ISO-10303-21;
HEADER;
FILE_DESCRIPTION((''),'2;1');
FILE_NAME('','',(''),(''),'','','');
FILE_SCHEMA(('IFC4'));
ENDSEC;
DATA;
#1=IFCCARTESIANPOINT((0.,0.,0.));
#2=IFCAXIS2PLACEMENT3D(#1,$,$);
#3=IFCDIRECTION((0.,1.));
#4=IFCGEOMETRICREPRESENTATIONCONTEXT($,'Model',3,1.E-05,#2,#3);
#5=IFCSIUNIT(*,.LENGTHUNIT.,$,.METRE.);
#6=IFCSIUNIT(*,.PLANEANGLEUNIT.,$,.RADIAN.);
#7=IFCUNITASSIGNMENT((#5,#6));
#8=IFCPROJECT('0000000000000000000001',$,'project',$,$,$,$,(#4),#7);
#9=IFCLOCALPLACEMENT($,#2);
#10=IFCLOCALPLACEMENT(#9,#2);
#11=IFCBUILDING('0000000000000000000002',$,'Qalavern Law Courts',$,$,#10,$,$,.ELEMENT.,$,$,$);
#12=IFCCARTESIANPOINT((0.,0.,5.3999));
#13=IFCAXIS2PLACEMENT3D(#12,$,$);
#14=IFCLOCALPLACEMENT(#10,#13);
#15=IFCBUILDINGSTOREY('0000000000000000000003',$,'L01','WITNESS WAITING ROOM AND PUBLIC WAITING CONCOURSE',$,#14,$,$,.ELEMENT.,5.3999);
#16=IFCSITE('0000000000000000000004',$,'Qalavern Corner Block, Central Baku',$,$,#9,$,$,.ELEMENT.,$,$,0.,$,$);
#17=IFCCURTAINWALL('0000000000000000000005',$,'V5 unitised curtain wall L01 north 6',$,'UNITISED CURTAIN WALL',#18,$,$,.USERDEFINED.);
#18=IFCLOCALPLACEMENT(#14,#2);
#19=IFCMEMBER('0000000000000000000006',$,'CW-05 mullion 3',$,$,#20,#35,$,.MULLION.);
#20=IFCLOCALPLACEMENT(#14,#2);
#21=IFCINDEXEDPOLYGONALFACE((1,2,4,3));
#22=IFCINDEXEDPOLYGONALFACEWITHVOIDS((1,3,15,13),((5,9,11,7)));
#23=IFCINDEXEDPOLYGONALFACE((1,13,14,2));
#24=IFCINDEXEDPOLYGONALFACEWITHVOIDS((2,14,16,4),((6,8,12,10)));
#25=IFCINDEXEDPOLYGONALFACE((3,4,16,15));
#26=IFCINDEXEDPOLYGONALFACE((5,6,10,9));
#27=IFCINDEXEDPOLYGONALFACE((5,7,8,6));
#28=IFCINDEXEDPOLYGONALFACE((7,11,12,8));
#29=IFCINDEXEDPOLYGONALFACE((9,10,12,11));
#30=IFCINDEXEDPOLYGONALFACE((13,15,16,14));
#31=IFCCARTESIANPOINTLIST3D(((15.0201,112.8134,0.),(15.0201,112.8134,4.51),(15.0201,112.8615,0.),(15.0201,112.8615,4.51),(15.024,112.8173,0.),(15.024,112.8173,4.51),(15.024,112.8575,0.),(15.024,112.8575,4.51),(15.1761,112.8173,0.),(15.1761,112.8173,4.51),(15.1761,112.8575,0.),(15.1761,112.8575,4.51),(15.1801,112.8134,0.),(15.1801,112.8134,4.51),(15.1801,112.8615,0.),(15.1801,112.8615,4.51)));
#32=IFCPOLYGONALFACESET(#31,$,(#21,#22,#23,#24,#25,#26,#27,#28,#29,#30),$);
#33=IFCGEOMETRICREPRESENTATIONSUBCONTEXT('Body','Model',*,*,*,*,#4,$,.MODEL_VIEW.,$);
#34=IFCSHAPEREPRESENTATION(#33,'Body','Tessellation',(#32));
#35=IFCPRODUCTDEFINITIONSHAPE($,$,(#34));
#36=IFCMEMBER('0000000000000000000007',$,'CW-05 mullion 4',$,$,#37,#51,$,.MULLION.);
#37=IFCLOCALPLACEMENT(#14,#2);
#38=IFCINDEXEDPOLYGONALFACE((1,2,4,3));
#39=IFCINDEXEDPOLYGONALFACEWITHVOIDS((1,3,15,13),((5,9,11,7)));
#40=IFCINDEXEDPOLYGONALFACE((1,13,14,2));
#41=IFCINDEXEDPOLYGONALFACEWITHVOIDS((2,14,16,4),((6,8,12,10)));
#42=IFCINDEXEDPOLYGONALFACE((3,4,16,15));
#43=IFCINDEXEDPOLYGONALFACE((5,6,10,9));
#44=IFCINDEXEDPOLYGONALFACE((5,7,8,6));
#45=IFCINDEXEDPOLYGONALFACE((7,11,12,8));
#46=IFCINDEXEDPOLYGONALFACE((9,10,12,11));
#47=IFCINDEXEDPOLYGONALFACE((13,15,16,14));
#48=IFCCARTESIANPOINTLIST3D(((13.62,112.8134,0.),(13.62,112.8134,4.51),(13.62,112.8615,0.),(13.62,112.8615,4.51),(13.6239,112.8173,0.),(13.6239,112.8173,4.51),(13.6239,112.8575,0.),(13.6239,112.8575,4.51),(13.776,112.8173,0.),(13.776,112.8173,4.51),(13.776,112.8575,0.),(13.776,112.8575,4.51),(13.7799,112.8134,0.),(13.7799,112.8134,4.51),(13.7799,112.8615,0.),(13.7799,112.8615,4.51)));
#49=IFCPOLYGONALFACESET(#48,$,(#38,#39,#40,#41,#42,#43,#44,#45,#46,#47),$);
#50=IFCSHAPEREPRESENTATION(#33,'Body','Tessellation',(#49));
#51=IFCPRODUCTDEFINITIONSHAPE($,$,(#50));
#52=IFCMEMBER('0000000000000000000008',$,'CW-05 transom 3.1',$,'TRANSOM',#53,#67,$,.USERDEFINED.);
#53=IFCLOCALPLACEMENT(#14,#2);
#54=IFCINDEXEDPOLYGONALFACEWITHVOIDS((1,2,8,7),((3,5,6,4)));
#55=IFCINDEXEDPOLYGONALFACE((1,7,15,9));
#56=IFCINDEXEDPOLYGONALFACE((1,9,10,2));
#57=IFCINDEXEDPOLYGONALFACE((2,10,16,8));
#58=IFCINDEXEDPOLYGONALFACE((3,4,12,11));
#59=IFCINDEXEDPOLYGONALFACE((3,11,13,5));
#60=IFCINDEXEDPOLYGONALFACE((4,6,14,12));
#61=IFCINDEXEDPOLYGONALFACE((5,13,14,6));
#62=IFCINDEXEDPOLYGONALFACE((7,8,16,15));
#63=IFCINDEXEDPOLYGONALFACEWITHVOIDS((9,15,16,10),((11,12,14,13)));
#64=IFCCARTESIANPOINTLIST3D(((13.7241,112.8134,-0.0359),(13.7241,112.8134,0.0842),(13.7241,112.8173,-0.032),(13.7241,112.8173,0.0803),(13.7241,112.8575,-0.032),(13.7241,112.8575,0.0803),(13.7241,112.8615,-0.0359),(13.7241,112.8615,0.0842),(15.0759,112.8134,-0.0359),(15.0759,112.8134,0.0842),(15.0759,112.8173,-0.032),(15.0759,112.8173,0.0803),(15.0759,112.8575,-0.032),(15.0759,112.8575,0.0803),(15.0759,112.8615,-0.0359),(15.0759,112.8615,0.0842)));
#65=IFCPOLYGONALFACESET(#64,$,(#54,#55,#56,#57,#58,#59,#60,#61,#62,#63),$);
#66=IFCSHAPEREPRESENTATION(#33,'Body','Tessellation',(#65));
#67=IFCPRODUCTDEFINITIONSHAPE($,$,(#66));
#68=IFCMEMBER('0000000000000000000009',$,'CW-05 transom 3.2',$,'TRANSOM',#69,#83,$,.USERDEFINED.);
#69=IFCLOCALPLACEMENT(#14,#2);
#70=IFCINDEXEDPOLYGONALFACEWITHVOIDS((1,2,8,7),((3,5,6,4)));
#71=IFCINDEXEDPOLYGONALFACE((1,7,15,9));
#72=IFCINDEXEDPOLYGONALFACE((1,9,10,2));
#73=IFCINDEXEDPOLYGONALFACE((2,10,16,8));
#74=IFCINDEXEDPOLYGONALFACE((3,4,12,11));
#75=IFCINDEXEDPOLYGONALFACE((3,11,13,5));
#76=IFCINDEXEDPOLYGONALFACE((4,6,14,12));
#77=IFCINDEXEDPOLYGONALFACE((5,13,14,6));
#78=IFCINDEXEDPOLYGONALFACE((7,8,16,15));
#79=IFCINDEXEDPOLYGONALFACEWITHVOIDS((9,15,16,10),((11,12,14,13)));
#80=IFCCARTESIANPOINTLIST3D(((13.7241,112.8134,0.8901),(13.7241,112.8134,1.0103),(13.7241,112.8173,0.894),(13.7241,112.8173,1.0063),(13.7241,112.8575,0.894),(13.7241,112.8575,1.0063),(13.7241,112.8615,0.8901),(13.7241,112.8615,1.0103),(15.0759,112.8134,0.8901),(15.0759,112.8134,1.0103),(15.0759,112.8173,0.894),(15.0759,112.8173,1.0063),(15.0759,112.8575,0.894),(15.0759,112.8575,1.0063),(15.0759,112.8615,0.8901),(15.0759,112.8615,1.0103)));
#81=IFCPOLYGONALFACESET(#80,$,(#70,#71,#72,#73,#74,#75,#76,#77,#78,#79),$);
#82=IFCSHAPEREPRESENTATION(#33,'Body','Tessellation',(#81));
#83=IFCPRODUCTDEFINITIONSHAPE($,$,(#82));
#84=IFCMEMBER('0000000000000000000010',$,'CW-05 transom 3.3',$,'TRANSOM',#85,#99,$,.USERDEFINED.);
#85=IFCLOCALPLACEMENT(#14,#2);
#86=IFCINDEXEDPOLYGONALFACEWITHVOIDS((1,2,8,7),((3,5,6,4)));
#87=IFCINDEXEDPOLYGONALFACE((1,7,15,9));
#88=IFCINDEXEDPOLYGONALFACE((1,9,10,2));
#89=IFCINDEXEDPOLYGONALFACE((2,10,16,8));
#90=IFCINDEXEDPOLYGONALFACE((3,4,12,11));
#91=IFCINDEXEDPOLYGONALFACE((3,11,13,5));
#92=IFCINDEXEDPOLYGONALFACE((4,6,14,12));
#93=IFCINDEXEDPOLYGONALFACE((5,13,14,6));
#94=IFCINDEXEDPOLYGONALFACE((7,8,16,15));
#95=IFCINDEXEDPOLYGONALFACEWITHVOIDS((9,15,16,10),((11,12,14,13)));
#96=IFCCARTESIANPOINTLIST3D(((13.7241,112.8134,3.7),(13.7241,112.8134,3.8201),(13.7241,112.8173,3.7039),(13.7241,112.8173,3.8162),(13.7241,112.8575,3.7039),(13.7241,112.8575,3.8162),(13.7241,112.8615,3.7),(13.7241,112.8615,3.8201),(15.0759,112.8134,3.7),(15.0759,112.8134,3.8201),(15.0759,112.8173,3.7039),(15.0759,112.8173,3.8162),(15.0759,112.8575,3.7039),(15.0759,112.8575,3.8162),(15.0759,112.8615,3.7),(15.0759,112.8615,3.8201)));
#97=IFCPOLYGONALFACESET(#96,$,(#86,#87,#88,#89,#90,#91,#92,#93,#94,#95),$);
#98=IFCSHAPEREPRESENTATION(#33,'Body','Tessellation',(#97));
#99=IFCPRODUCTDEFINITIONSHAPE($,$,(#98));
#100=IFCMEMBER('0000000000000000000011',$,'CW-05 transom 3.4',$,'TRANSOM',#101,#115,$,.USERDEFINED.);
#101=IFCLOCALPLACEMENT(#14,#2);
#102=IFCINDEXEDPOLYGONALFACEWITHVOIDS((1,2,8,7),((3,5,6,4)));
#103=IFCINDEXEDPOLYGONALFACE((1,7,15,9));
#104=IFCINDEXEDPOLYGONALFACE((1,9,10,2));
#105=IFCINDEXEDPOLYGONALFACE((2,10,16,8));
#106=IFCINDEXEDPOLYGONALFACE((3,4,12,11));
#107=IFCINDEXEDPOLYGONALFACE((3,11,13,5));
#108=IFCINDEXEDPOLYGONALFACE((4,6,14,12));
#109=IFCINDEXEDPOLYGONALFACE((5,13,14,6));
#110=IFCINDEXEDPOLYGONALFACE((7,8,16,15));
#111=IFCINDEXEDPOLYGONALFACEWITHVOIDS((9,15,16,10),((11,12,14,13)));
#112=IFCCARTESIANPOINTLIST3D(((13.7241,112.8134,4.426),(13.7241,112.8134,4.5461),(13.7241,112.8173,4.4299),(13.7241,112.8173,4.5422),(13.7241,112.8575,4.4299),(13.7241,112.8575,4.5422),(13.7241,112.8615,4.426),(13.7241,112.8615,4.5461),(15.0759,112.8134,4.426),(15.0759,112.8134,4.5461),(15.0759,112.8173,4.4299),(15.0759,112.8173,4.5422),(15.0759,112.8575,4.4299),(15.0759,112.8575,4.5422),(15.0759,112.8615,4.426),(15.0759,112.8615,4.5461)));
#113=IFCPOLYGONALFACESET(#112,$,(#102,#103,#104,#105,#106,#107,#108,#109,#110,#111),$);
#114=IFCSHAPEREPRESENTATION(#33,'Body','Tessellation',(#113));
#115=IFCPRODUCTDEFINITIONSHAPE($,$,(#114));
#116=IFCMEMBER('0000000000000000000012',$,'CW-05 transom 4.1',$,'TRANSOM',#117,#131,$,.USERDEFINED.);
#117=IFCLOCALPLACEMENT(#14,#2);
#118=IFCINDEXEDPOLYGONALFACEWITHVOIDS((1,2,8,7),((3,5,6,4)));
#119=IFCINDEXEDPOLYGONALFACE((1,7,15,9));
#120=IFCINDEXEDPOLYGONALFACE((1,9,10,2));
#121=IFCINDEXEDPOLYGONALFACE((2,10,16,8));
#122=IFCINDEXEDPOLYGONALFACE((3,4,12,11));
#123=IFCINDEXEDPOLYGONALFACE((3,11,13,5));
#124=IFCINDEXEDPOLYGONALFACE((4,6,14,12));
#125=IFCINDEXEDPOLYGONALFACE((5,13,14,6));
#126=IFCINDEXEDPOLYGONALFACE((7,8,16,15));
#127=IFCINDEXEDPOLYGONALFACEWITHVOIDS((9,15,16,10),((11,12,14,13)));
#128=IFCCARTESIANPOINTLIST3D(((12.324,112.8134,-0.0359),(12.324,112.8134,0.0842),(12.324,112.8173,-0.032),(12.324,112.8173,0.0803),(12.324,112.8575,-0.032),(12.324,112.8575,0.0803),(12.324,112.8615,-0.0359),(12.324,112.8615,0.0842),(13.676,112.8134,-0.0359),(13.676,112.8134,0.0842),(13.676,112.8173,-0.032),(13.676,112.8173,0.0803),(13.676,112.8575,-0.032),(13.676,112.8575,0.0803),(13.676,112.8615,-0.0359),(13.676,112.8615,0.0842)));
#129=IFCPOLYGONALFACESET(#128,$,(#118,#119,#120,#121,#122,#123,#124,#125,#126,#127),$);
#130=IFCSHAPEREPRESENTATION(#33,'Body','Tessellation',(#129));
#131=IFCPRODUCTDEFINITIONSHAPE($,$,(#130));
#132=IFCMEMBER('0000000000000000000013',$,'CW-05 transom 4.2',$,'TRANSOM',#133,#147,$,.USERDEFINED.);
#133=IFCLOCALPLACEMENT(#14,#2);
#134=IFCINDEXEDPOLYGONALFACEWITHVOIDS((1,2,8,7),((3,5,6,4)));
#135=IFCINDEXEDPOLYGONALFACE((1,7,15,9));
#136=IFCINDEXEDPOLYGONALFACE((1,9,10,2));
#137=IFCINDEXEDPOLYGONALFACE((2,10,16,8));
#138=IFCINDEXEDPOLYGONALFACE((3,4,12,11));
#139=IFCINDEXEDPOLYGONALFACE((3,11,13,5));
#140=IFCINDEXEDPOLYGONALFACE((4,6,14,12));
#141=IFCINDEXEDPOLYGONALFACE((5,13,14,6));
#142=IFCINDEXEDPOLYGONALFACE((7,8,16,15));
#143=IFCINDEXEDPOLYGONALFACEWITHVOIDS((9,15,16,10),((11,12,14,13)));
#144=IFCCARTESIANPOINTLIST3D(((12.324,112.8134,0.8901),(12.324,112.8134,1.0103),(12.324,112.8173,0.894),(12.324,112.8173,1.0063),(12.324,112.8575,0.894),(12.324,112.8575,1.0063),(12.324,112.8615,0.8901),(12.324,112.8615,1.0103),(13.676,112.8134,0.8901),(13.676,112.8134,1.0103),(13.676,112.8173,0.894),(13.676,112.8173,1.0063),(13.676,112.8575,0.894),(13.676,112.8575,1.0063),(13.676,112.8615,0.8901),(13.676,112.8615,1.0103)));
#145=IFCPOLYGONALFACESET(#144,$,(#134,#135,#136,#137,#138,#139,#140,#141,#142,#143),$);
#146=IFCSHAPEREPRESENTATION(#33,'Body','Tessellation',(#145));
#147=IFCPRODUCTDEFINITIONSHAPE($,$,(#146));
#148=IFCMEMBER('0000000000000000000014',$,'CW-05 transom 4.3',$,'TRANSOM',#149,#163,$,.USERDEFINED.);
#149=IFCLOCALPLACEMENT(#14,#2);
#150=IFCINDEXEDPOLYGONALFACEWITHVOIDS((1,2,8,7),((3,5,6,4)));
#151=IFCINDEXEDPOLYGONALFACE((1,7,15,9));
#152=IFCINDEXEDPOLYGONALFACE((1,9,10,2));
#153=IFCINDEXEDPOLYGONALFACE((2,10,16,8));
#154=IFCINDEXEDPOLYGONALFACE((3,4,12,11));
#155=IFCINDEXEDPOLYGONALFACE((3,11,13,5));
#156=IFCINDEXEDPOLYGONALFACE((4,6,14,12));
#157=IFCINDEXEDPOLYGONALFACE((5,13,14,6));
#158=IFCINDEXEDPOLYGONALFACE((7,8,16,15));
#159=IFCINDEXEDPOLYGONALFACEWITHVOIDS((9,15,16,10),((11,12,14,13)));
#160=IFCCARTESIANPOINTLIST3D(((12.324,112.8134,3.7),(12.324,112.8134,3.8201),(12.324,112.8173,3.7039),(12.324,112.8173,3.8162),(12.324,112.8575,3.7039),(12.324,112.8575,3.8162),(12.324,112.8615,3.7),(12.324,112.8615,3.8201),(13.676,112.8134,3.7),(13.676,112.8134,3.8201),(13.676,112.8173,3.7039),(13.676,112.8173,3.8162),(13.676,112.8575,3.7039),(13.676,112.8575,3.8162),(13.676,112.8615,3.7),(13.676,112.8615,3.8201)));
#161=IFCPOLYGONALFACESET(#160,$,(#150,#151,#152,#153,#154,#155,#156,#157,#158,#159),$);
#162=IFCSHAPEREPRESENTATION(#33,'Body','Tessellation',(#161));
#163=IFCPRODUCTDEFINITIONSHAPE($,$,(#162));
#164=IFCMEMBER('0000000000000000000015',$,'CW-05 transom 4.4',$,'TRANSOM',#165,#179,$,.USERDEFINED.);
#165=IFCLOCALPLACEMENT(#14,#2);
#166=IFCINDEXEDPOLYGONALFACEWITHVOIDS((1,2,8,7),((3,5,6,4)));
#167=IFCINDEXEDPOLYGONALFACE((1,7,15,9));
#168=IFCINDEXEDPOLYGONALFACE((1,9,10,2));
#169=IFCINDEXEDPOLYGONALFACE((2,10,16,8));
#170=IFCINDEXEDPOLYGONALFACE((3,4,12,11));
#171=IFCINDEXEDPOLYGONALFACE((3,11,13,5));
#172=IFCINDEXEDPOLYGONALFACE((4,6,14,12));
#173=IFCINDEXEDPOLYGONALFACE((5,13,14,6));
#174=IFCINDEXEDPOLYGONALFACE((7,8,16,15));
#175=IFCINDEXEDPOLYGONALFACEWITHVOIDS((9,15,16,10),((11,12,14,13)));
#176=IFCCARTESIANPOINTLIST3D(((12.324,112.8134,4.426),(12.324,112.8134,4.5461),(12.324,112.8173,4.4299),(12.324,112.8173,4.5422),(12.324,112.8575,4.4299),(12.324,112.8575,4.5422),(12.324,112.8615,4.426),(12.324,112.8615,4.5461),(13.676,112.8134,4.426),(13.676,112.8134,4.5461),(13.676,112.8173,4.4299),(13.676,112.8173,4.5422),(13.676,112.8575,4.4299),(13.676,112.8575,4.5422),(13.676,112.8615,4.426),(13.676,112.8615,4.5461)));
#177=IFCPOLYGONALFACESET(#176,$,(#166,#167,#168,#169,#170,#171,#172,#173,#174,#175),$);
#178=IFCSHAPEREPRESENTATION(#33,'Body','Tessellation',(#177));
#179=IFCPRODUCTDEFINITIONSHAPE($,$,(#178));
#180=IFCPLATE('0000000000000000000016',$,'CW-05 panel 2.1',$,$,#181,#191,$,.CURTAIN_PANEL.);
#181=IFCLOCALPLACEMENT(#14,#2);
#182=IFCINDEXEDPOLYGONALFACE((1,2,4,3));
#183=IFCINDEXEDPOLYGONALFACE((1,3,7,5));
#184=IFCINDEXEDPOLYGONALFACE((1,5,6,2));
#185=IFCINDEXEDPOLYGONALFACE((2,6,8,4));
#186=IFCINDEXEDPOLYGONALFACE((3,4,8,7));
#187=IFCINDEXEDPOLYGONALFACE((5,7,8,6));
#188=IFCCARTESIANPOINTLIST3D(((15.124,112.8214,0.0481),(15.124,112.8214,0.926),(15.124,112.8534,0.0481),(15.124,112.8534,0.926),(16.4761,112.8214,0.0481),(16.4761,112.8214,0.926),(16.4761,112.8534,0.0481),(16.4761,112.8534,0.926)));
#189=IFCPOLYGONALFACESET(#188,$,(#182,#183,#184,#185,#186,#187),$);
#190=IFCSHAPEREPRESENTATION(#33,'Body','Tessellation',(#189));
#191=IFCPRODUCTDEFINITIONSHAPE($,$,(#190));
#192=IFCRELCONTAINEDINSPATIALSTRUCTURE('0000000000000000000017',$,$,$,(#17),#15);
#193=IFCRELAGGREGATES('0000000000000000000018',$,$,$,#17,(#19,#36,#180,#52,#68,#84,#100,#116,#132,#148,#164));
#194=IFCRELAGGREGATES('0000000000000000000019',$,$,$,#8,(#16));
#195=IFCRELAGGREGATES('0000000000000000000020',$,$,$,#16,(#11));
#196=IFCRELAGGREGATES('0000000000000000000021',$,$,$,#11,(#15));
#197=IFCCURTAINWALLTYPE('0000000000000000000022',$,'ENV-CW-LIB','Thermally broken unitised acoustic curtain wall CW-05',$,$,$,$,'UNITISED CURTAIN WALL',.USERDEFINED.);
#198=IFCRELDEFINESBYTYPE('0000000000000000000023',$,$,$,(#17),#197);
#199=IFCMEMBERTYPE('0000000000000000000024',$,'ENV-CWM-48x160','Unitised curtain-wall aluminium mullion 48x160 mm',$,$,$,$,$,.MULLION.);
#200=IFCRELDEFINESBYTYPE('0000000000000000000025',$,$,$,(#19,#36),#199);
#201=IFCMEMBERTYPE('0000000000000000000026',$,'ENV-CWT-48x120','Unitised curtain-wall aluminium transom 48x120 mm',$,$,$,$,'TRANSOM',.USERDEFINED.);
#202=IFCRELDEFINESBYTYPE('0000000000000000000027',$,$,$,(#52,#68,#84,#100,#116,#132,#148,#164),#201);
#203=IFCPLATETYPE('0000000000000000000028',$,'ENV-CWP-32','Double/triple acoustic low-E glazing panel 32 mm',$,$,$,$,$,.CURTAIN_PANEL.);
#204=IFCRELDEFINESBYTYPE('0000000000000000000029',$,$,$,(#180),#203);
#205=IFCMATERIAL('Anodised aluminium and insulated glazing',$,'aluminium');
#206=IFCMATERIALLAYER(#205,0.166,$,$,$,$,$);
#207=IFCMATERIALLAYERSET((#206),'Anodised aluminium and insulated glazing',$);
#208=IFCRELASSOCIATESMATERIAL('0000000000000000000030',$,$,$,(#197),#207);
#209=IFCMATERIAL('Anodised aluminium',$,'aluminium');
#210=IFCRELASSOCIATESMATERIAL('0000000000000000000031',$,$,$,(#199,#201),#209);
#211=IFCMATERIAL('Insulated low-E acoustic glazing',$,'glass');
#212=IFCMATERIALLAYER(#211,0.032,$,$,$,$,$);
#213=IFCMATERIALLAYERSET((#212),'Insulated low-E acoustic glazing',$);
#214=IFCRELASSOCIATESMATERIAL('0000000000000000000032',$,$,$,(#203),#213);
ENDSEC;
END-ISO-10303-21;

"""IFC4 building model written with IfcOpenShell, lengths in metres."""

from ifc_helpers import new_model, si_unit, direction, frame, origin, origin_2d, place, context, subcontext, project, spatial, rectangle, hollow_rectangle, extrude, material, layer, layer_set, material_profile, profile_set, type_object, element, aggregate, save


model = new_model("IFC4")

# Units and contexts
model_context = context("Model", 3, precision=1e-05, world=origin(), true_north=direction((0.0, 1.0)))
body_context = subcontext(model_context, "Body", "Model", "MODEL_VIEW")
ifc_project = project(units=[si_unit("LENGTHUNIT", "METRE"), si_unit("PLANEANGLEUNIT", "RADIAN")], contexts=[model_context])

# Site, building, storey
site_placement = place(None, origin())
site = spatial("IfcSite", under=ifc_project, at=site_placement, Name="Qalavern Corner Block, Central Baku", CompositionType="ELEMENT", RefElevation=0.0)
building_placement = place(site_placement, origin())
building = spatial("IfcBuilding", under=site, at=building_placement, Name="Qalavern Law Courts", CompositionType="ELEMENT")
storey_placement = place(building_placement, frame((0.0, 0.0, 5.3999)))
storey = spatial("IfcBuildingStorey", under=building, at=storey_placement, Name="L01", Description="WITNESS WAITING ROOM AND PUBLIC WAITING CONCOURSE", CompositionType="ELEMENT", Elevation=5.3999)

# Curtain wall, members, plate
ifc_material_1 = material(Name="Anodised aluminium and insulated glazing", Category="aluminium")
ifc_layer_1 = layer(ifc_material_1, 0.166)
ifc_layer_set_1 = layer_set([ifc_layer_1], Name="Anodised aluminium and insulated glazing")
curtain_wall_type = type_object("IfcCurtainWallType", Name="ENV-CW-LIB", Description="Thermally broken unitised acoustic curtain wall CW-05", ElementType="UNITISED CURTAIN WALL", PredefinedType="USERDEFINED", material=ifc_layer_set_1)
curtain_wall_placement = place(storey_placement, origin())
curtain_wall = element("IfcCurtainWall", 1, at=curtain_wall_placement, inside=storey, type_object=curtain_wall_type, Name="V5 unitised curtain wall L01 north 6", ObjectType="UNITISED CURTAIN WALL", PredefinedType="USERDEFINED")
ifc_material_2 = material(Name="Anodised aluminium", Category="aluminium")
ifc_material_profile_1 = material_profile(ifc_material_2, hollow_rectangle(XDim=0.0481, YDim=0.1599, WallThickness=0.0039, at=origin_2d()), Name="ALU MULLION 48x160")
ifc_profile_set_1 = profile_set([ifc_material_profile_1], Name="Anodised aluminium")
member_type_1 = type_object("IfcMemberType", Name="ENV-CWM-48x160", Description="Unitised curtain-wall aluminium mullion 48x160 mm", PredefinedType="MULLION", material=ifc_profile_set_1)
member_1_placement = place(storey_placement, frame((15.1001, 112.8374, 0.0), z_axis=(0.0, 0.0, 1.0), x_axis=(0.0, -1.0, 0.0)))
member_1 = element("IfcMember", 2, at=member_1_placement, type_object=member_type_1, Name="CW-05 mullion 3", PredefinedType="MULLION", context=body_context, shape_type="SweptSolid", body=[
    extrude(hollow_rectangle(XDim=0.0481, YDim=0.1599, WallThickness=0.0039, at=origin_2d()), origin(), (0.0, 0.0, 1.0), 4.51),
])
member_2_placement = place(storey_placement, frame((13.7, 112.8374, 0.0), z_axis=(0.0, 0.0, 1.0), x_axis=(0.0, -1.0, 0.0)))
member_2 = element("IfcMember", 3, at=member_2_placement, type_object=member_type_1, Name="CW-05 mullion 4", PredefinedType="MULLION", context=body_context, shape_type="SweptSolid", body=[
    extrude(hollow_rectangle(XDim=0.0481, YDim=0.1599, WallThickness=0.0039, at=origin_2d()), origin(), (0.0, 0.0, 1.0), 4.51),
])
ifc_material_profile_2 = material_profile(ifc_material_2, hollow_rectangle(XDim=0.0481, YDim=0.1201, WallThickness=0.0039, at=origin_2d()), Name="ALU TRANSOM 48x120")
ifc_profile_set_2 = profile_set([ifc_material_profile_2], Name="Anodised aluminium")
member_type_2 = type_object("IfcMemberType", Name="ENV-CWT-48x120", Description="Unitised curtain-wall aluminium transom 48x120 mm", ElementType="TRANSOM", PredefinedType="USERDEFINED", material=ifc_profile_set_2)
member_3_placement = place(storey_placement, frame((15.0759, 112.8374, 0.0242), z_axis=(-1.0, 0.0, 0.0), x_axis=(0.0, -1.0, 0.0)))
member_3 = element("IfcMember", 4, at=member_3_placement, type_object=member_type_2, Name="CW-05 transom 3.1", ObjectType="TRANSOM", PredefinedType="USERDEFINED", context=body_context, shape_type="SweptSolid", body=[
    extrude(hollow_rectangle(XDim=0.0481, YDim=0.1201, WallThickness=0.0039, at=origin_2d()), origin(), (0.0, 0.0, 1.0), 1.3518),
])
member_4_placement = place(storey_placement, frame((15.0759, 112.8374, 0.9502), z_axis=(-1.0, 0.0, 0.0), x_axis=(0.0, -1.0, 0.0)))
member_4 = element("IfcMember", 5, at=member_4_placement, type_object=member_type_2, Name="CW-05 transom 3.2", ObjectType="TRANSOM", PredefinedType="USERDEFINED", context=body_context, shape_type="SweptSolid", body=[
    extrude(hollow_rectangle(XDim=0.0481, YDim=0.1201, WallThickness=0.0039, at=origin_2d()), origin(), (0.0, 0.0, 1.0), 1.3518),
])
member_5_placement = place(storey_placement, frame((15.0759, 112.8374, 3.76), z_axis=(-1.0, 0.0, 0.0), x_axis=(0.0, -1.0, 0.0)))
member_5 = element("IfcMember", 6, at=member_5_placement, type_object=member_type_2, Name="CW-05 transom 3.3", ObjectType="TRANSOM", PredefinedType="USERDEFINED", context=body_context, shape_type="SweptSolid", body=[
    extrude(hollow_rectangle(XDim=0.0481, YDim=0.1201, WallThickness=0.0039, at=origin_2d()), origin(), (0.0, 0.0, 1.0), 1.3518),
])
member_6_placement = place(storey_placement, frame((15.0759, 112.8374, 4.4861), z_axis=(-1.0, 0.0, 0.0), x_axis=(0.0, -1.0, 0.0)))
member_6 = element("IfcMember", 7, at=member_6_placement, type_object=member_type_2, Name="CW-05 transom 3.4", ObjectType="TRANSOM", PredefinedType="USERDEFINED", context=body_context, shape_type="SweptSolid", body=[
    extrude(hollow_rectangle(XDim=0.0481, YDim=0.1201, WallThickness=0.0039, at=origin_2d()), origin(), (0.0, 0.0, 1.0), 1.3518),
])
member_7_placement = place(storey_placement, frame((13.676, 112.8374, 0.0242), z_axis=(-1.0, 0.0, 0.0), x_axis=(0.0, -1.0, 0.0)))
member_7 = element("IfcMember", 8, at=member_7_placement, type_object=member_type_2, Name="CW-05 transom 4.1", ObjectType="TRANSOM", PredefinedType="USERDEFINED", context=body_context, shape_type="SweptSolid", body=[
    extrude(hollow_rectangle(XDim=0.0481, YDim=0.1201, WallThickness=0.0039, at=origin_2d()), origin(), (0.0, 0.0, 1.0), 1.3521),
])
member_8_placement = place(storey_placement, frame((13.676, 112.8374, 0.9502), z_axis=(-1.0, 0.0, 0.0), x_axis=(0.0, -1.0, 0.0)))
member_8 = element("IfcMember", 9, at=member_8_placement, type_object=member_type_2, Name="CW-05 transom 4.2", ObjectType="TRANSOM", PredefinedType="USERDEFINED", context=body_context, shape_type="SweptSolid", body=[
    extrude(hollow_rectangle(XDim=0.0481, YDim=0.1201, WallThickness=0.0039, at=origin_2d()), origin(), (0.0, 0.0, 1.0), 1.3521),
])
member_9_placement = place(storey_placement, frame((13.676, 112.8374, 3.76), z_axis=(-1.0, 0.0, 0.0), x_axis=(0.0, -1.0, 0.0)))
member_9 = element("IfcMember", 10, at=member_9_placement, type_object=member_type_2, Name="CW-05 transom 4.3", ObjectType="TRANSOM", PredefinedType="USERDEFINED", context=body_context, shape_type="SweptSolid", body=[
    extrude(hollow_rectangle(XDim=0.0481, YDim=0.1201, WallThickness=0.0039, at=origin_2d()), origin(), (0.0, 0.0, 1.0), 1.3521),
])
member_10_placement = place(storey_placement, frame((13.676, 112.8374, 4.4861), z_axis=(-1.0, 0.0, 0.0), x_axis=(0.0, -1.0, 0.0)))
member_10 = element("IfcMember", 11, at=member_10_placement, type_object=member_type_2, Name="CW-05 transom 4.4", ObjectType="TRANSOM", PredefinedType="USERDEFINED", context=body_context, shape_type="SweptSolid", body=[
    extrude(hollow_rectangle(XDim=0.0481, YDim=0.1201, WallThickness=0.0039, at=origin_2d()), origin(), (0.0, 0.0, 1.0), 1.3521),
])
ifc_material_3 = material(Name="Insulated low-E acoustic glazing", Category="glass")
ifc_layer_2 = layer(ifc_material_3, 0.032)
ifc_layer_set_2 = layer_set([ifc_layer_2], Name="Insulated low-E acoustic glazing")
plate_type = type_object("IfcPlateType", Name="ENV-CWP-32", Description="Double/triple acoustic low-E glazing panel 32 mm", PredefinedType="CURTAIN_PANEL", material=ifc_layer_set_2)
plate_1_placement = place(storey_placement, frame((15.8, 112.8374, 0.0481), z_axis=(0.0, 0.0, 1.0), x_axis=(-1.0, 0.0, 0.0)))
plate_1 = element("IfcPlate", 12, at=plate_1_placement, type_object=plate_type, Name="CW-05 panel 2.1", PredefinedType="CURTAIN_PANEL", context=body_context, shape_type="SweptSolid", body=[
    extrude(rectangle(XDim=1.3521, YDim=0.032, at=origin_2d()), origin(), (0.0, 0.0, 1.0), 0.8779),
])
aggregate(curtain_wall, [member_1, member_2, plate_1, member_3, member_4, member_5, member_6, member_7, member_8, member_9, member_10])

save(model, "model.ifc")
